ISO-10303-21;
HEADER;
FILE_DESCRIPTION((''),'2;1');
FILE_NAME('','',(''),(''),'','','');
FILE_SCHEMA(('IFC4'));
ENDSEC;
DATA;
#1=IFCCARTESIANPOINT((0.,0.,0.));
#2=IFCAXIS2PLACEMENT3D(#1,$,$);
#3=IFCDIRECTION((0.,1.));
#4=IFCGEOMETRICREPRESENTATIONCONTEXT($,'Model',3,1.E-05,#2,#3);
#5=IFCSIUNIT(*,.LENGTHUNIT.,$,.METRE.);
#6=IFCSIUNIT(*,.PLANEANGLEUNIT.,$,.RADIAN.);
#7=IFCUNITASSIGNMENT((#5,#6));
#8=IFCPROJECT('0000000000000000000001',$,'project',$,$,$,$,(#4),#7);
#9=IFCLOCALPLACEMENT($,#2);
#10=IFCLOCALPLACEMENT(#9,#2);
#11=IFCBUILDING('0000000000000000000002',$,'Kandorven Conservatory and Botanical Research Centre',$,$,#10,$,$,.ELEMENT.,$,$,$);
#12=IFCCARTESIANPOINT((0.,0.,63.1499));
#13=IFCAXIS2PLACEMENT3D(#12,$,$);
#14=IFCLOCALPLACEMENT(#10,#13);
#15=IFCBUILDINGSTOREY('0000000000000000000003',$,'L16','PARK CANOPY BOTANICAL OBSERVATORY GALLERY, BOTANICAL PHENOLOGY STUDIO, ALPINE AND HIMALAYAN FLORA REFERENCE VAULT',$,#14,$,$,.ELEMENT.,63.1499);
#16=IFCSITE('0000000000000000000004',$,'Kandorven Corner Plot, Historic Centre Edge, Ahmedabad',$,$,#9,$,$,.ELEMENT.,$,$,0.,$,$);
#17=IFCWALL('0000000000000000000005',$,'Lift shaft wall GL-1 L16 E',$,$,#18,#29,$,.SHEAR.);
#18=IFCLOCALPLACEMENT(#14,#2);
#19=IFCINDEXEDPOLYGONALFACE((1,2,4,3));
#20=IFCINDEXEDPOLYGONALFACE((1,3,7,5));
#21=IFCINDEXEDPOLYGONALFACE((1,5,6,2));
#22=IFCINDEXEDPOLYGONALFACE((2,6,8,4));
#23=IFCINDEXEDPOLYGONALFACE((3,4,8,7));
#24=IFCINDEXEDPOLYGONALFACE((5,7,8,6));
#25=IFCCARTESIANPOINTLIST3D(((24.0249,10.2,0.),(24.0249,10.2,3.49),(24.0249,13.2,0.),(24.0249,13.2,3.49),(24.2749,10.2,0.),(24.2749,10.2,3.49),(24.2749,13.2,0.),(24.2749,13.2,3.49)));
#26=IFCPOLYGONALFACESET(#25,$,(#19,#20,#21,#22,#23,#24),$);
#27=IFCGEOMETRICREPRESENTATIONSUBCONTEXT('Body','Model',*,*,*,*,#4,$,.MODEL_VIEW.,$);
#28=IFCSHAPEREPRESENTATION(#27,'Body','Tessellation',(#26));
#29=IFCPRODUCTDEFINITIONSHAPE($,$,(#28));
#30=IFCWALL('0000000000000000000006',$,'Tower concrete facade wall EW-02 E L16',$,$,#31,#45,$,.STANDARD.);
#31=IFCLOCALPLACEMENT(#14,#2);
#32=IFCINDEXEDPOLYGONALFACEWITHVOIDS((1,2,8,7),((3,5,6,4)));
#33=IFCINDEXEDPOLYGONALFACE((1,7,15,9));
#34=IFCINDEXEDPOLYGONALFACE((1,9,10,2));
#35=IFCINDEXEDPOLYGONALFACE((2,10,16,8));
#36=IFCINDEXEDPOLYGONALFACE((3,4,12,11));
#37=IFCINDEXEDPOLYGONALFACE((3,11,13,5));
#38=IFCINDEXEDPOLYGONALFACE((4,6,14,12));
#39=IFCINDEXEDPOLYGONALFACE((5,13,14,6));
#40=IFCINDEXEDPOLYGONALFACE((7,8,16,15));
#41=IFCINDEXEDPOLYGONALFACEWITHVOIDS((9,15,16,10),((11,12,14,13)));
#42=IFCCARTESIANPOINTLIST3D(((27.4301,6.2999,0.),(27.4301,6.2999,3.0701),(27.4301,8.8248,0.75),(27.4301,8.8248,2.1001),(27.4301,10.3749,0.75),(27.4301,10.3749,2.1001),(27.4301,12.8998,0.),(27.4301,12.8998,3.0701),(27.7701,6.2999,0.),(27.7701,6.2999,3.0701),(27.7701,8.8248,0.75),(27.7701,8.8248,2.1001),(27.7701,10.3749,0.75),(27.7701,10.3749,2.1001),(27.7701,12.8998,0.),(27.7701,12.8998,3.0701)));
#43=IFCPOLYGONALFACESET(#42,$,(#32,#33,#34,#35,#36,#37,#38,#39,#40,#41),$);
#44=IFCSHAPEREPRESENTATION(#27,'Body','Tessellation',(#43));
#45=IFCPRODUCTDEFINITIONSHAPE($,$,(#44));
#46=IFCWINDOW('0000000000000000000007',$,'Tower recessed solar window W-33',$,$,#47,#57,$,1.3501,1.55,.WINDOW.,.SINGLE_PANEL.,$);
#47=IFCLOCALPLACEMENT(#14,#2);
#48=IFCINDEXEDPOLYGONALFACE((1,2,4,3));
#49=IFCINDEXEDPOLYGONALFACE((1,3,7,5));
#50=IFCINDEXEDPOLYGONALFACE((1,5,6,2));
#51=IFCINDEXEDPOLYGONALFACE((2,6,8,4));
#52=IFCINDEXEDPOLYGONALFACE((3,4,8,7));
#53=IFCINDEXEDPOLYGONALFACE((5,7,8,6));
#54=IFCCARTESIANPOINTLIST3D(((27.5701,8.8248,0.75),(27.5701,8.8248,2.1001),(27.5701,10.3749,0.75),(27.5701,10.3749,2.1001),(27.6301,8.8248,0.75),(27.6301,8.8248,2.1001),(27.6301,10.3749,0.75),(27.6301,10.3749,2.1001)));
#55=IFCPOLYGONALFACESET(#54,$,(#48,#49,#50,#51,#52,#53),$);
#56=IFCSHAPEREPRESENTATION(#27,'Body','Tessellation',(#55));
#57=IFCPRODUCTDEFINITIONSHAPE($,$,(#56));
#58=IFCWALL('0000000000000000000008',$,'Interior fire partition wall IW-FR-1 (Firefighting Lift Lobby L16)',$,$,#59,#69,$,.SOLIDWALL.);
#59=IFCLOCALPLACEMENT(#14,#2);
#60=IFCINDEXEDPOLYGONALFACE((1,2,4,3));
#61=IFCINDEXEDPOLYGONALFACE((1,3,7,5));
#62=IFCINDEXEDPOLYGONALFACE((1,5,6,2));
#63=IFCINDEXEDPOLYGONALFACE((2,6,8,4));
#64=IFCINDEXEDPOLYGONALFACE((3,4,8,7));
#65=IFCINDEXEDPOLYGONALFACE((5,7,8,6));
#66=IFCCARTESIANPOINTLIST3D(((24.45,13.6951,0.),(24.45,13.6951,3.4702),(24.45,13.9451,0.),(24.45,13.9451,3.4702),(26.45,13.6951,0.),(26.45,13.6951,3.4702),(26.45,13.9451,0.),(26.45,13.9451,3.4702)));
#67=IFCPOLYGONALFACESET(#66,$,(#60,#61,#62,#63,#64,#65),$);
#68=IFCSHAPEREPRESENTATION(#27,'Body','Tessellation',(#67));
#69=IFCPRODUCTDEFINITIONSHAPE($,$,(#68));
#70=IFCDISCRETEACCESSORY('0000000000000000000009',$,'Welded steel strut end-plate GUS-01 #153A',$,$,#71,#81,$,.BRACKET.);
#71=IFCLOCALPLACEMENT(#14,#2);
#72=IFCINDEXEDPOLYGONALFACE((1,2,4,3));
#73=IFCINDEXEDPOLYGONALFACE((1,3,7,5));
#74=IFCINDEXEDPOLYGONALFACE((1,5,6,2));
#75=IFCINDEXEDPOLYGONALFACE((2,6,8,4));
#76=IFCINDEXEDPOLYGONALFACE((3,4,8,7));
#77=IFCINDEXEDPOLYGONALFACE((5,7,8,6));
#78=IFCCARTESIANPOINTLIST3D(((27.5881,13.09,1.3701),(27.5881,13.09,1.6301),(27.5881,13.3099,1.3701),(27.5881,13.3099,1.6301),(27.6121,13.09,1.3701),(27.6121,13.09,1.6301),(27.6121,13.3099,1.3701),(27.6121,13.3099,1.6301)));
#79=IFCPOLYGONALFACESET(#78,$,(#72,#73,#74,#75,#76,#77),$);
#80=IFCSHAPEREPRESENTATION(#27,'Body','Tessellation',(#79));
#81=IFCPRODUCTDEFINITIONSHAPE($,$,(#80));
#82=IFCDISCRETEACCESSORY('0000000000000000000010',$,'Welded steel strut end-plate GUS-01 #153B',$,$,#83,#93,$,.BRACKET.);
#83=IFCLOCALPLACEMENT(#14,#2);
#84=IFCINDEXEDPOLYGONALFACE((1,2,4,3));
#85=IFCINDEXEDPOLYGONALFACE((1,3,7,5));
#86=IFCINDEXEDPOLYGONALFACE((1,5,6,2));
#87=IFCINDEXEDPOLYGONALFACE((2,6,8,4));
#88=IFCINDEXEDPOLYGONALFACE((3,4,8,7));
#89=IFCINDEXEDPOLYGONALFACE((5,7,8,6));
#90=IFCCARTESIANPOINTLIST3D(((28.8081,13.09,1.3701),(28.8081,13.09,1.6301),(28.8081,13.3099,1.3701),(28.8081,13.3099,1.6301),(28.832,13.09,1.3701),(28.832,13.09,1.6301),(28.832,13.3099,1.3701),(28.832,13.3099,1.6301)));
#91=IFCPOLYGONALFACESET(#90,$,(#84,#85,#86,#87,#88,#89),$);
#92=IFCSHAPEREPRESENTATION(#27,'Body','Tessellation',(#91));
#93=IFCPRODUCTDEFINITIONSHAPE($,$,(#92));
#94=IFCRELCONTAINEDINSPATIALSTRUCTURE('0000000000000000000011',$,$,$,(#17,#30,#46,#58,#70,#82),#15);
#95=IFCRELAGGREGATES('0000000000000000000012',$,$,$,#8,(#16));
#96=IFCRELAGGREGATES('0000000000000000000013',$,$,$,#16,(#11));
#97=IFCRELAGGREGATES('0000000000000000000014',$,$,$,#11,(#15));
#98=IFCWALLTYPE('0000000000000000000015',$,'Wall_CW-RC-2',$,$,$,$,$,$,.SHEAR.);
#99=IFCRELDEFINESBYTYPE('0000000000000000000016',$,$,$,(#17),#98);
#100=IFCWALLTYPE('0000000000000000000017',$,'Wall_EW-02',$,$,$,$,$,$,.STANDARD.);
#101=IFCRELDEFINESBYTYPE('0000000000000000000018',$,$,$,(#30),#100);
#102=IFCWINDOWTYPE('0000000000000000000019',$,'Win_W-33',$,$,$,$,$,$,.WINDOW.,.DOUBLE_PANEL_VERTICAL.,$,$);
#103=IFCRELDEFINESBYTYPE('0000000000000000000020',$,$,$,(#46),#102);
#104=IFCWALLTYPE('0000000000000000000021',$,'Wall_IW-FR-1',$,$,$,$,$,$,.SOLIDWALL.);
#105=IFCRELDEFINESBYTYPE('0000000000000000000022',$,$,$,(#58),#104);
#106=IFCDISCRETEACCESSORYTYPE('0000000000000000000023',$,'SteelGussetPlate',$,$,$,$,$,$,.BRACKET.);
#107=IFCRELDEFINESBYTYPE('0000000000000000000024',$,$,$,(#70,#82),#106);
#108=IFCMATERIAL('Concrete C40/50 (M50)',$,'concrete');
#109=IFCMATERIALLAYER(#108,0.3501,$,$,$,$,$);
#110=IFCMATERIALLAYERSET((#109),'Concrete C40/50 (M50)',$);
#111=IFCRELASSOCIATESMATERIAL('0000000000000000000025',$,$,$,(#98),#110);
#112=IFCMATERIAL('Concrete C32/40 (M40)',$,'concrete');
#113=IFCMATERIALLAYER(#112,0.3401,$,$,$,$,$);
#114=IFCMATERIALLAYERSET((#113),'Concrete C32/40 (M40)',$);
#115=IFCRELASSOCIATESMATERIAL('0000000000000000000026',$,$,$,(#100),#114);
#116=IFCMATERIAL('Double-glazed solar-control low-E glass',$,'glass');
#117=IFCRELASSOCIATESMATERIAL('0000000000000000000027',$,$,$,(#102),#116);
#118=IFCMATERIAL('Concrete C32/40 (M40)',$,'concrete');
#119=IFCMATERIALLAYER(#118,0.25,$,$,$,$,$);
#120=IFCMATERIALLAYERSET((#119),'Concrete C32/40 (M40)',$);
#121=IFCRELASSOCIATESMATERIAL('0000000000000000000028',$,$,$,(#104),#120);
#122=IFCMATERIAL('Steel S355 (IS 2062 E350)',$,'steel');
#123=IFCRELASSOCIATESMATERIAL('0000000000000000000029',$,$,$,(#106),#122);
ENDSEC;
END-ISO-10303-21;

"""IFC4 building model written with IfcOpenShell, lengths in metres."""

from ifc_helpers import new_model, si_unit, direction, frame, frame_2d, origin, origin_2d, place, context, subcontext, project, spatial, rectangle, extrude, material, layer, layer_set, type_object, element, fill, save


model = new_model("IFC4")

# Units and contexts
model_context = context("Model", 3, precision=1e-05, world=origin(), true_north=direction((0.0, 1.0)))
body_context = subcontext(model_context, "Body", "Model", "MODEL_VIEW")
ifc_project = project(units=[si_unit("LENGTHUNIT", "METRE"), si_unit("PLANEANGLEUNIT", "RADIAN")], contexts=[model_context])

# Site, building, storey
site_placement = place(None, origin())
site = spatial("IfcSite", under=ifc_project, at=site_placement, Name="Kandorven Corner Plot, Historic Centre Edge, Ahmedabad", CompositionType="ELEMENT", RefElevation=0.0)
building_placement = place(site_placement, origin())
building = spatial("IfcBuilding", under=site, at=building_placement, Name="Kandorven Conservatory and Botanical Research Centre", CompositionType="ELEMENT")
storey_placement = place(building_placement, frame((0.0, 0.0, 63.1499)))
storey = spatial("IfcBuildingStorey", under=building, at=storey_placement, Name="L16", Description="PARK CANOPY BOTANICAL OBSERVATORY GALLERY, BOTANICAL PHENOLOGY STUDIO, ALPINE AND HIMALAYAN FLORA REFERENCE VAULT", CompositionType="ELEMENT", Elevation=63.1499)

# Shared definitions
ifc_material_1 = material(Name="Concrete C40/50 (M50)", Category="concrete")
ifc_layer_1 = layer(ifc_material_1, 0.3501)
ifc_layer_set_1 = layer_set([ifc_layer_1], Name="Concrete C40/50 (M50)")
wall_type_1 = type_object("IfcWallType", Name="Wall_CW-RC-2", PredefinedType="SHEAR", material=ifc_layer_set_1)

# Wall
for number, where, z_axis, x_axis, name in (
    (1, (24.1499, 10.2, 0.0), (0.0, 0.0, 1.0), (0.0, 1.0, 0.0), "Lift shaft wall GL-1 L16 E"),
):
    element("IfcWall", number, at=place(storey_placement, frame(where, z_axis=z_axis, x_axis=x_axis)), inside=storey, type_object=wall_type_1, Name=name, PredefinedType="SHEAR", context=body_context, shape_type="SweptSolid", body=[
        extrude(rectangle(XDim=3.0, YDim=0.25, at=frame_2d((1.5, 0.0))), origin(), (0.0, 0.0, 1.0), 3.49),
    ])

# Wall, opening, window
ifc_material_2 = material(Name="Concrete C32/40 (M40)", Category="concrete")
ifc_layer_2 = layer(ifc_material_2, 0.3401)
ifc_layer_set_2 = layer_set([ifc_layer_2], Name="Concrete C32/40 (M40)")
wall_type_2 = type_object("IfcWallType", Name="Wall_EW-02", PredefinedType="STANDARD", material=ifc_layer_set_2)
wall_1_placement = place(storey_placement, frame((27.6001, 6.3, 0.0), z_axis=(0.0, 0.0, 1.0), x_axis=(0.0, 1.0, 0.0)))
wall_1 = element("IfcWall", 2, at=wall_1_placement, inside=storey, type_object=wall_type_2, Name="Tower concrete facade wall EW-02 E L16", PredefinedType="STANDARD", context=body_context, shape_type="SweptSolid", body=[
    extrude(rectangle(XDim=6.5999, YDim=0.3401, at=frame_2d((3.2998, 0.0))), origin(), (0.0, 0.0, 1.0), 3.0701),
])
opening_1_placement = place(wall_1_placement, frame((2.5249, 0.0, 0.75)))
opening_1 = element("IfcOpeningElement", 3, at=opening_1_placement, cuts=wall_1, PredefinedType="OPENING", context=body_context, shape_type="SweptSolid", body=[
    extrude(rectangle(XDim=1.55, YDim=1.3501, at=frame_2d((0.7749, 0.675))), frame((0.0, 0.1799, 0.0), z_axis=(0.0, -1.0, 0.0), x_axis=(1.0, 0.0, 0.0)), (0.0, 0.0, 1.0), 0.3601),
])
ifc_material_3 = material(Name="Double-glazed solar-control low-E glass", Category="glass")
window_type = type_object("IfcWindowType", Name="Win_W-33", PartitioningType="DOUBLE_PANEL_VERTICAL", PredefinedType="WINDOW", material=ifc_material_3)
window_placement = place(opening_1_placement, origin())
window = element("IfcWindow", 4, at=window_placement, inside=storey, type_object=window_type, Name="Tower recessed solar window W-33", OverallHeight=1.3501, OverallWidth=1.55, PartitioningType="SINGLE_PANEL", PredefinedType="WINDOW", context=body_context, shape_type="SweptSolid", body=[
    extrude(rectangle(XDim=1.55, YDim=1.3501, at=frame_2d((0.7749, 0.675))), frame((0.0, 0.03, 0.0), z_axis=(0.0, -1.0, 0.0), x_axis=(1.0, 0.0, 0.0)), (0.0, 0.0, 1.0), 0.0601),
])
fill(opening_1, window)

# Wall
ifc_material_4 = material(Name="Concrete C32/40 (M40)", Category="concrete")
ifc_layer_3 = layer(ifc_material_4, 0.25)
ifc_layer_set_3 = layer_set([ifc_layer_3], Name="Concrete C32/40 (M40)")
wall_type_3 = type_object("IfcWallType", Name="Wall_IW-FR-1", PredefinedType="SOLIDWALL", material=ifc_layer_set_3)
wall_2_placement = place(storey_placement, frame((24.45, 13.8201, 0.0), z_axis=(0.0, 0.0, 1.0), x_axis=(1.0, 0.0, 0.0)))
element("IfcWall", 5, at=wall_2_placement, inside=storey, type_object=wall_type_3, Name="Interior fire partition wall IW-FR-1 (Firefighting Lift Lobby L16)", PredefinedType="SOLIDWALL", context=body_context, shape_type="SweptSolid", body=[
    extrude(rectangle(XDim=2.0, YDim=0.25, at=frame_2d((1.0, 0.0))), origin(), (0.0, 0.0, 1.0), 3.4702),
])

# Discrete accessories
ifc_material_5 = material(Name="Steel S355 (IS 2062 E350)", Category="steel")
discrete_accessory_type = type_object("IfcDiscreteAccessoryType", Name="SteelGussetPlate", PredefinedType="BRACKET", material=ifc_material_5)
for number, where, z_axis, x_axis, name in (
    (6, (27.6001, 13.2, 1.3701), (0.0, 0.0, 1.0), (1.0, 0.0, 0.0), "Welded steel strut end-plate GUS-01 #153A"),
    (7, (28.8201, 13.2, 1.3701), (0.0, 0.0, 1.0), (1.0, 0.0, 0.0), "Welded steel strut end-plate GUS-01 #153B"),
):
    element("IfcDiscreteAccessory", number, at=place(storey_placement, frame(where, z_axis=z_axis, x_axis=x_axis)), inside=storey, type_object=discrete_accessory_type, Name=name, PredefinedType="BRACKET", context=body_context, shape_type="SweptSolid", body=[
        extrude(rectangle(XDim=0.0239, YDim=0.22, at=origin_2d()), origin(), (0.0, 0.0, 1.0), 0.26),
    ])

save(model, "model.ifc")
